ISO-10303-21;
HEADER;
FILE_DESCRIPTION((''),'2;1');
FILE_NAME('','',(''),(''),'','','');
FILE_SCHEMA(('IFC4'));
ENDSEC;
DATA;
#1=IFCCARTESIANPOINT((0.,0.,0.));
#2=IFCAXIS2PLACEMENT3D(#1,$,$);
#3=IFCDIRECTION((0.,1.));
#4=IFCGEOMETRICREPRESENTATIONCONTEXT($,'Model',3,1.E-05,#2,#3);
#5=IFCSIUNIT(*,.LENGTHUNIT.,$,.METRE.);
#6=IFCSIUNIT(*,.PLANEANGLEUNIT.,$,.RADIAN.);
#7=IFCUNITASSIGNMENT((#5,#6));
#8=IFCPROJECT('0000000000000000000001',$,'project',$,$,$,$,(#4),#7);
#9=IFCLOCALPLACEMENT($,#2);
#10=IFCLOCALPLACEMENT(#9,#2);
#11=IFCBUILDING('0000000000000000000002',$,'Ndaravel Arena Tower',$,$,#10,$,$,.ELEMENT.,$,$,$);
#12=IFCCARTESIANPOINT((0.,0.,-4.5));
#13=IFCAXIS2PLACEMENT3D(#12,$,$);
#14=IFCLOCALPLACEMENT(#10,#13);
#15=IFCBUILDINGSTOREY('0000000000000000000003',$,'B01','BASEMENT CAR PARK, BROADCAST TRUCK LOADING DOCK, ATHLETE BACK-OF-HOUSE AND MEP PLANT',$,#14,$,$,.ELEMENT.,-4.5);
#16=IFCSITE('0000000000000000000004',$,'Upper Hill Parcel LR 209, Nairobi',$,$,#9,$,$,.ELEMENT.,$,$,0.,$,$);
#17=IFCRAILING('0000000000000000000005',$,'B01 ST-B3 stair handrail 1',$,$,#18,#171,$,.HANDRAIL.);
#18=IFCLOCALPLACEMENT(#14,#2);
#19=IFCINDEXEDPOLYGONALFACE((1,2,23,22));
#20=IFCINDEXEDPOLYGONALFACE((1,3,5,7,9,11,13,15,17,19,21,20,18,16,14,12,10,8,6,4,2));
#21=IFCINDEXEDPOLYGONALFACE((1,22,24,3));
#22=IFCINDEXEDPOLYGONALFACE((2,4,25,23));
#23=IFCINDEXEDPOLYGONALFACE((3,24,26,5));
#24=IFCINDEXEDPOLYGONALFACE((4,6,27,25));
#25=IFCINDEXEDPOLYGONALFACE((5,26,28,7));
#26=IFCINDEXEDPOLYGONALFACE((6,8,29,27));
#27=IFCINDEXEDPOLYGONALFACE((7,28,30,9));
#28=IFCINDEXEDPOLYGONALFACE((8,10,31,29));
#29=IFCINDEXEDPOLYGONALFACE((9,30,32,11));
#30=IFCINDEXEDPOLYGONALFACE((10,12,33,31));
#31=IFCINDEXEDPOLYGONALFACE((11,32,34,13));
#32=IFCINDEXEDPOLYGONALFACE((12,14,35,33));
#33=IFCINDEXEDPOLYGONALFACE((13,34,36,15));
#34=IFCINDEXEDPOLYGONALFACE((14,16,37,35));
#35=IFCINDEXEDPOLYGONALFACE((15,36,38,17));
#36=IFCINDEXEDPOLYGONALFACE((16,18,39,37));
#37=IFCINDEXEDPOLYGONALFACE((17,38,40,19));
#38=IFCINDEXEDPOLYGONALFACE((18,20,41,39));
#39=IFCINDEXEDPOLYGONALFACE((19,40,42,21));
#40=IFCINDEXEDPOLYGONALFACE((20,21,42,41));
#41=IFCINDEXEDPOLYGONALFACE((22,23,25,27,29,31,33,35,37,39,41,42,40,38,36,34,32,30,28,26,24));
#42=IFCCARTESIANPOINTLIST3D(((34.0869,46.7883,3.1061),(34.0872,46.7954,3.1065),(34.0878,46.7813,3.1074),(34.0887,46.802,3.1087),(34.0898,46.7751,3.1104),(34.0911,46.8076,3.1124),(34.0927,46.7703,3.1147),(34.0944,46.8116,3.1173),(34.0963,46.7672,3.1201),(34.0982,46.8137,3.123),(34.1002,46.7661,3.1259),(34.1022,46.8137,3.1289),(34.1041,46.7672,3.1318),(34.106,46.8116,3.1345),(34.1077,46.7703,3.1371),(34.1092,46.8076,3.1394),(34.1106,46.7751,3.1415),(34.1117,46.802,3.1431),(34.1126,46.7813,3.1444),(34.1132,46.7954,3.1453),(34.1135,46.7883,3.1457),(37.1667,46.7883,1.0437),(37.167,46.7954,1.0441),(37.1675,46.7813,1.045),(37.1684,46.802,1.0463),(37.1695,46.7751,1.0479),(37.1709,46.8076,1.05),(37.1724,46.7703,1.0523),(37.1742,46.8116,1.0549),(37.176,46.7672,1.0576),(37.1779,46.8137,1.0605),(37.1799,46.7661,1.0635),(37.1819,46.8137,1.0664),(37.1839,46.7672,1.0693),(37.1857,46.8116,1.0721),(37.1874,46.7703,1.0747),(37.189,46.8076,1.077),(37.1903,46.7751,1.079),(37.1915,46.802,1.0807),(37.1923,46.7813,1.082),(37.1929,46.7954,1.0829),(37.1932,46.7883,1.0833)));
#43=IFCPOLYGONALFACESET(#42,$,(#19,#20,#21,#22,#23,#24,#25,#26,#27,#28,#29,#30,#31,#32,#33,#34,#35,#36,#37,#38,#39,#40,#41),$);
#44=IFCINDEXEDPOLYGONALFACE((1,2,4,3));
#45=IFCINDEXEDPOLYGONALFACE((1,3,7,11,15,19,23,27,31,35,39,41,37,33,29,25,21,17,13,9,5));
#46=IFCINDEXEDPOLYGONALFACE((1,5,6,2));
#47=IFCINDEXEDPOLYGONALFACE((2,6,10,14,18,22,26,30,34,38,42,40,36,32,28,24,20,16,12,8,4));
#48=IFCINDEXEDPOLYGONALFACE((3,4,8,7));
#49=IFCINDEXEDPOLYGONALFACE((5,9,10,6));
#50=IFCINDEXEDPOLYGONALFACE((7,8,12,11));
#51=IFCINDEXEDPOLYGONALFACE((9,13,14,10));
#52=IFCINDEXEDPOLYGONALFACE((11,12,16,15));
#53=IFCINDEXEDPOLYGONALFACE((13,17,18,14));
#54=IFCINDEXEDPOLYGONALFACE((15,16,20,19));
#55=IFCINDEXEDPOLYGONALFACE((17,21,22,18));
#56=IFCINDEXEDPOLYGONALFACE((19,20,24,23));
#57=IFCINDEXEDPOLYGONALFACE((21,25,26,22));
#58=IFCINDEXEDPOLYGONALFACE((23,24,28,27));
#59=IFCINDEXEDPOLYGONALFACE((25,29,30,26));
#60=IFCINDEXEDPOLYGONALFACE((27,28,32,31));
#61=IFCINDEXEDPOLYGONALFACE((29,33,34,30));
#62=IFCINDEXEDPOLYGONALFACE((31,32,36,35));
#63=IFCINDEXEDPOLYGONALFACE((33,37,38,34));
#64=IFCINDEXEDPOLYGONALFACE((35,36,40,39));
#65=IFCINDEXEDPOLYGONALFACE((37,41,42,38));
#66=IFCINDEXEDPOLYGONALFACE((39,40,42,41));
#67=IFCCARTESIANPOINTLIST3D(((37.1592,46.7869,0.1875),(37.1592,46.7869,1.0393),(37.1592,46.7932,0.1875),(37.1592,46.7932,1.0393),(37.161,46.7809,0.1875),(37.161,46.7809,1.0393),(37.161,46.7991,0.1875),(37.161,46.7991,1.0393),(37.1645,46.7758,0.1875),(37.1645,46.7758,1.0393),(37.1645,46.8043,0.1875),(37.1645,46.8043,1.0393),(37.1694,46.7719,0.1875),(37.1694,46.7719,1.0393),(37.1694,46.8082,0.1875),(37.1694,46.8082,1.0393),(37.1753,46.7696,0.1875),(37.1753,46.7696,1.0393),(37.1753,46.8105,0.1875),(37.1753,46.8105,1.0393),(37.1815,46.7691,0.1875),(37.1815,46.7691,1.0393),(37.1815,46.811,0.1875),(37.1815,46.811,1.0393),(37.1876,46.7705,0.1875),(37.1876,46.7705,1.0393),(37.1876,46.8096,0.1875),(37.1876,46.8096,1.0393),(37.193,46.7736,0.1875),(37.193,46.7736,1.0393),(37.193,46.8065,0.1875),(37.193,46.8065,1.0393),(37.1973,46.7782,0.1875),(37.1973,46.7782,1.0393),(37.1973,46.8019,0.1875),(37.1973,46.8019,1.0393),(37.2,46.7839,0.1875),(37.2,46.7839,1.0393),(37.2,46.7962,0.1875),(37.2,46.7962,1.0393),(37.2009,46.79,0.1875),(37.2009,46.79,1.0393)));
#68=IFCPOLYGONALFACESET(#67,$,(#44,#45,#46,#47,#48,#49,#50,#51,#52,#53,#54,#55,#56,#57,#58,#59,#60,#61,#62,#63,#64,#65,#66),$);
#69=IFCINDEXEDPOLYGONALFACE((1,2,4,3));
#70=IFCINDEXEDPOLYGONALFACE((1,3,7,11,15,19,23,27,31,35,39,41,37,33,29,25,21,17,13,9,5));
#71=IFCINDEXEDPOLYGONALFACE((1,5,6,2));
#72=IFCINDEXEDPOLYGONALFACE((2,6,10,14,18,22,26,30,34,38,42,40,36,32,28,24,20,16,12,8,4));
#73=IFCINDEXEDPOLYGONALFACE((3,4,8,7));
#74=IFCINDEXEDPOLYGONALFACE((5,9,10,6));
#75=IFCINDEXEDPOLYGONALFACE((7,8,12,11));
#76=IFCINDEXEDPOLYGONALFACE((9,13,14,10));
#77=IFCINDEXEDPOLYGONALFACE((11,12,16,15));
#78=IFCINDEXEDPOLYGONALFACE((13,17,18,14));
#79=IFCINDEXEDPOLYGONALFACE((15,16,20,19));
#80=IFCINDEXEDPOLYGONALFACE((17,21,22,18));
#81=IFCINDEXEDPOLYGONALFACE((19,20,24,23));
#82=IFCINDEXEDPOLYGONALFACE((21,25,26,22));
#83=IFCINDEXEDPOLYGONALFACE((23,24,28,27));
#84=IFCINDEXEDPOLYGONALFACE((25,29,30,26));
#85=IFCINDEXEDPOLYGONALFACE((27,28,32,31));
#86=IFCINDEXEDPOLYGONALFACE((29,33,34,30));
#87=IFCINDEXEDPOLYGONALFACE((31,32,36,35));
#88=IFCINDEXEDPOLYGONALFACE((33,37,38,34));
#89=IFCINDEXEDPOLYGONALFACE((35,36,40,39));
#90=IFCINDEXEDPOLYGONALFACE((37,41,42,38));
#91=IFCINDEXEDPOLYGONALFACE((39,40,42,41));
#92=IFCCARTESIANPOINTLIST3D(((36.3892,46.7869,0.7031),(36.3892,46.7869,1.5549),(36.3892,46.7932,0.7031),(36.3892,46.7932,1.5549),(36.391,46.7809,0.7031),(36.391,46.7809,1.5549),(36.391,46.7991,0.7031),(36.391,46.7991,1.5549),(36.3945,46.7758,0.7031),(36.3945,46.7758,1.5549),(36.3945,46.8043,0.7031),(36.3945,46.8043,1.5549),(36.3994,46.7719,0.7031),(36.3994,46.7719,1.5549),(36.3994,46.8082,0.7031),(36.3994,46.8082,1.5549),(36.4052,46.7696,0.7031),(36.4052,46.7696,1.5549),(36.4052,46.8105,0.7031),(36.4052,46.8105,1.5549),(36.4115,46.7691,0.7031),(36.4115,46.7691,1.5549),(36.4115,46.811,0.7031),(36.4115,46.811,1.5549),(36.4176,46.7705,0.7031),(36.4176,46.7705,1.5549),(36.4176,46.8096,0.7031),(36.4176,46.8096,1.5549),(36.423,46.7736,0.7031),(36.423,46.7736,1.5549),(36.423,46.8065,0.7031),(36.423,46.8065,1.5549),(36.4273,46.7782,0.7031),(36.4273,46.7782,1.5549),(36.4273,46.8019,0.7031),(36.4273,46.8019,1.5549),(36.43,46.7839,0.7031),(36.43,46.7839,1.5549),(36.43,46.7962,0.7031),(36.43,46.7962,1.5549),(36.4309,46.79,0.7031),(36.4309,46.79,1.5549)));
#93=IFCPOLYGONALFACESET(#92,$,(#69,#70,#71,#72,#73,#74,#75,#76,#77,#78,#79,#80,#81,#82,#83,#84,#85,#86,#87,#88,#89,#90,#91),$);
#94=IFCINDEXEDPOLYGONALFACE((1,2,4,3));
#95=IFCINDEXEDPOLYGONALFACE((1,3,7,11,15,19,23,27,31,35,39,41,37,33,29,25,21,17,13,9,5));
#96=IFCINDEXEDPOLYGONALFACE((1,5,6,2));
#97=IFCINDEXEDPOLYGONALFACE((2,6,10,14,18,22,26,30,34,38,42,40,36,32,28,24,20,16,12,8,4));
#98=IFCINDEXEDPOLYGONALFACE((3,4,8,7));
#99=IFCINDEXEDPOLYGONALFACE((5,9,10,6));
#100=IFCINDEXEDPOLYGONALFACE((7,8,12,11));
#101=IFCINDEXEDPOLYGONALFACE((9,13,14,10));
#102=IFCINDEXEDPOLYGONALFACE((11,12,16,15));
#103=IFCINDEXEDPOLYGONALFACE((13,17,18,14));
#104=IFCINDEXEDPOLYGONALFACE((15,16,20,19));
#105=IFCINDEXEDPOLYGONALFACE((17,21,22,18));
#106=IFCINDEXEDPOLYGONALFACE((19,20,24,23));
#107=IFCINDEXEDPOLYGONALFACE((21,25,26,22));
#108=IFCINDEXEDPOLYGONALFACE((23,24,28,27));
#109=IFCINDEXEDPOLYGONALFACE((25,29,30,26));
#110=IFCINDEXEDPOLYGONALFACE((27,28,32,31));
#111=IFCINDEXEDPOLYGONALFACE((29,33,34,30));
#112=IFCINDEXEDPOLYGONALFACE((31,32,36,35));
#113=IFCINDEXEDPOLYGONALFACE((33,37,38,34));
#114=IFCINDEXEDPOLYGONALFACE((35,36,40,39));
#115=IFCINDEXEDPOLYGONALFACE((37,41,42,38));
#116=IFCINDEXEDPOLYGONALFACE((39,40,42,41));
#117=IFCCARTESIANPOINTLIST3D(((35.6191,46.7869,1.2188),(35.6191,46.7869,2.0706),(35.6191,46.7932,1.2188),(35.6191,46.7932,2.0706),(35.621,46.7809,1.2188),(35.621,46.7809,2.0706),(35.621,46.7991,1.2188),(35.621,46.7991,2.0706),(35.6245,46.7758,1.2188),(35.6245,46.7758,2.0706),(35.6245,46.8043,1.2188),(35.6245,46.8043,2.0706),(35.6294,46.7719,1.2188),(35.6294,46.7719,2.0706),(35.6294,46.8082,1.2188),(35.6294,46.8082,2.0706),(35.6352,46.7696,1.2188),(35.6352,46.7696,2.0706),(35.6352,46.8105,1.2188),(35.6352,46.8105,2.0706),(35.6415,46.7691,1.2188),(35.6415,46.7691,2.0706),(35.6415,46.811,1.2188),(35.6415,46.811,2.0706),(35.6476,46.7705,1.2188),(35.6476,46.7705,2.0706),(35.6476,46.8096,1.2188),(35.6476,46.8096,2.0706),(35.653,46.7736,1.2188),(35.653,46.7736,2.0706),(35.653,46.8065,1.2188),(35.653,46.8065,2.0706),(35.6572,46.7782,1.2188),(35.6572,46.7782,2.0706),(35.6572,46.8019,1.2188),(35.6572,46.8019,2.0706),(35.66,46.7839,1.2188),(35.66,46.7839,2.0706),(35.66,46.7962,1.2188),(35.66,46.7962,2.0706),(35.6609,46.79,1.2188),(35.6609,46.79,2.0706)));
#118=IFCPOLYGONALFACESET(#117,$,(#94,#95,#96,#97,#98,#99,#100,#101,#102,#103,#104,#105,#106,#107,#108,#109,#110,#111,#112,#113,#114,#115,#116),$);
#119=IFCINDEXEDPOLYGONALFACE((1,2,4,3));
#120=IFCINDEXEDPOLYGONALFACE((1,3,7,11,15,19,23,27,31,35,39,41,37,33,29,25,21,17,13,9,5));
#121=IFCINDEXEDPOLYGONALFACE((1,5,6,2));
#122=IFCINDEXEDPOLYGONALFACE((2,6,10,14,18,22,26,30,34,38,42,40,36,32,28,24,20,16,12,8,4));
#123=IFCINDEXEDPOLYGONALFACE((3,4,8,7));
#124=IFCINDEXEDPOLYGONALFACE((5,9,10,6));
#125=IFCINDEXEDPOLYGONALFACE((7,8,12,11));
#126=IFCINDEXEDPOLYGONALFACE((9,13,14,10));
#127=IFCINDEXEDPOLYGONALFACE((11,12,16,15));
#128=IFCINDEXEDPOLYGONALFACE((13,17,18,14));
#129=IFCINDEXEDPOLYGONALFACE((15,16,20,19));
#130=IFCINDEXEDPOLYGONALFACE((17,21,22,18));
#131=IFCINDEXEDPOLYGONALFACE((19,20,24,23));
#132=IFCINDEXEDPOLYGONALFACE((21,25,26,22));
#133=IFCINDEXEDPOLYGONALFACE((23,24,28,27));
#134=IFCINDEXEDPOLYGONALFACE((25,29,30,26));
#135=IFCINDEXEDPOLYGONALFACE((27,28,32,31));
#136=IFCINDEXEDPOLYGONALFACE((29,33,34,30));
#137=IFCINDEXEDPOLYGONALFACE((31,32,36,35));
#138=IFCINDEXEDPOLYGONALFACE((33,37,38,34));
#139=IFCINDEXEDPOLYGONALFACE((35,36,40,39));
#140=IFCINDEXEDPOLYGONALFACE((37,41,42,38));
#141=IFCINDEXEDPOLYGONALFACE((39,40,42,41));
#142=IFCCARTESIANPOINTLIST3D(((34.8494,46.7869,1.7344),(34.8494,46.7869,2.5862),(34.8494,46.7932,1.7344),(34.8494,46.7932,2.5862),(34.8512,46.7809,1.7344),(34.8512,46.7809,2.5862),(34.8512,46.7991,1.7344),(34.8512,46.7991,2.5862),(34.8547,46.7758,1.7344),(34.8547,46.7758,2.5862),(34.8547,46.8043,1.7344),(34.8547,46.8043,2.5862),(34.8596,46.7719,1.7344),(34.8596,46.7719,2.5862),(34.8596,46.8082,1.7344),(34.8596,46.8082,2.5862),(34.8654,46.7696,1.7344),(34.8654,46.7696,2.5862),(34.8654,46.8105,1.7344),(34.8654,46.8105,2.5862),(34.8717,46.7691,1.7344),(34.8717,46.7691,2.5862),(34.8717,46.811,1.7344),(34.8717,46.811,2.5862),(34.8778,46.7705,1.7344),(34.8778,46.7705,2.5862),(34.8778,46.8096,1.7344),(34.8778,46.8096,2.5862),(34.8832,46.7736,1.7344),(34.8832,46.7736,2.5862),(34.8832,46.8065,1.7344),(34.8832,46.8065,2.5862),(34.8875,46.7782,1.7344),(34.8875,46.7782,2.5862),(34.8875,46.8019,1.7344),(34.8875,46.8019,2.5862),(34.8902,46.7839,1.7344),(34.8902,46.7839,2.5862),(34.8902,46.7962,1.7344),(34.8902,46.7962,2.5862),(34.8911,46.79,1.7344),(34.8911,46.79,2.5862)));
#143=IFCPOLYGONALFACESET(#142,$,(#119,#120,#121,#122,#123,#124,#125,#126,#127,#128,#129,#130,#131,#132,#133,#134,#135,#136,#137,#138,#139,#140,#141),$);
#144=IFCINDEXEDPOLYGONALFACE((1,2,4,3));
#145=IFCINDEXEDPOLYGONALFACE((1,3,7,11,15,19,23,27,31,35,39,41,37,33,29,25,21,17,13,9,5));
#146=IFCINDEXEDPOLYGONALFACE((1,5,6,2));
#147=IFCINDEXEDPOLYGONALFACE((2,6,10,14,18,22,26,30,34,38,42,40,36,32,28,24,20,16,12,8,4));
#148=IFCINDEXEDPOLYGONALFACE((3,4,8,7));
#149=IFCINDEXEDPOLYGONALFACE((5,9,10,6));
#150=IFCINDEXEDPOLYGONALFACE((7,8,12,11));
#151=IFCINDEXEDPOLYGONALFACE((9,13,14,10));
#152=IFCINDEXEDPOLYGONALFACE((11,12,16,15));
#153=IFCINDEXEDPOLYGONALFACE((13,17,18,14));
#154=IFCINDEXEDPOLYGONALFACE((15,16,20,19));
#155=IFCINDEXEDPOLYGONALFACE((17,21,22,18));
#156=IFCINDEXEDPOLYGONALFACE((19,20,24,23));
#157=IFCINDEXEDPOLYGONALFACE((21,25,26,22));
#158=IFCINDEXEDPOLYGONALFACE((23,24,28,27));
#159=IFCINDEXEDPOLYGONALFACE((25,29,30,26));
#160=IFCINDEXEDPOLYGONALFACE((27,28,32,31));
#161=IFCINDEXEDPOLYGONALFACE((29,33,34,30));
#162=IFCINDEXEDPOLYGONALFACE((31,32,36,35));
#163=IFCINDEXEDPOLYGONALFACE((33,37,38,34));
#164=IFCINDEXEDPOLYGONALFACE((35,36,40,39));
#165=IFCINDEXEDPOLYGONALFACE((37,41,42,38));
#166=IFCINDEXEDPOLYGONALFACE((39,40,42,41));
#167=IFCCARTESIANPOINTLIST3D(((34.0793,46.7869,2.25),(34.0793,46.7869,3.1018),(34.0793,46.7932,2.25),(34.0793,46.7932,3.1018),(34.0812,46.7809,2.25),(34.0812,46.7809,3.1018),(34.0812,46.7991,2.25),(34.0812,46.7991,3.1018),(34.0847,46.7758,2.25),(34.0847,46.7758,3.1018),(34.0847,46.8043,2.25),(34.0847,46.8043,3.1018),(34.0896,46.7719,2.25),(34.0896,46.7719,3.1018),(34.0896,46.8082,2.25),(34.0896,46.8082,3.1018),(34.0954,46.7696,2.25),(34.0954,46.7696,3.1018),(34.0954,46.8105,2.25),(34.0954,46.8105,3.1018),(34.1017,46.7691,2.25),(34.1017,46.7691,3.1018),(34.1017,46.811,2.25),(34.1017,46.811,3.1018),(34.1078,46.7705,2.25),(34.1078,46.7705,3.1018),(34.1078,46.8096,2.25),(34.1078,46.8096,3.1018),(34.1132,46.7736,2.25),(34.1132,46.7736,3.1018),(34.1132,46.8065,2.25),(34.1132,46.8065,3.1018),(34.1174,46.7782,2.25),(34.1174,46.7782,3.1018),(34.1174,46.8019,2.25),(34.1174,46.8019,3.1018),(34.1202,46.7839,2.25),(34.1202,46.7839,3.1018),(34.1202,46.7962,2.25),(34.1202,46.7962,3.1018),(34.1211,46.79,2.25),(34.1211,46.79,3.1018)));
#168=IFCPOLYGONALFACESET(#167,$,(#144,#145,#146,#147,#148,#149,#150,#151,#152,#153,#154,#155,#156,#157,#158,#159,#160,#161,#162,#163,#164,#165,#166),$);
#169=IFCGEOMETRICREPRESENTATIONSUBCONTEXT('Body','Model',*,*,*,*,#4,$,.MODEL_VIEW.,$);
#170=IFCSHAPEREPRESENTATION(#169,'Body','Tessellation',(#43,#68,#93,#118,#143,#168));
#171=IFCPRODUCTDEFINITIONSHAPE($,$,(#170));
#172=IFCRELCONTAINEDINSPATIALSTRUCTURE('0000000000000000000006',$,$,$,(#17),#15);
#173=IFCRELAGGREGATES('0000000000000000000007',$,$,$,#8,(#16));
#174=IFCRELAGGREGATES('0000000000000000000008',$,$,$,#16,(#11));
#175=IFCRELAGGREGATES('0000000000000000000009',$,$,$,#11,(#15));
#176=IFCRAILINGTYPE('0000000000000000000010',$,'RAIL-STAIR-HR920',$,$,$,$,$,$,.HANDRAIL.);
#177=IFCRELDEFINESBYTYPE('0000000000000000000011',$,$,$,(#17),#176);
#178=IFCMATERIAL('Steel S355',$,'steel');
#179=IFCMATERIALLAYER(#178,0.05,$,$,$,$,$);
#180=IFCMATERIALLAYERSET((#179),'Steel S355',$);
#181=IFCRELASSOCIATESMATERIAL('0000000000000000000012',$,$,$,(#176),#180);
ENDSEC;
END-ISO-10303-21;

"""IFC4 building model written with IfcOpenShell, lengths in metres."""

from ifc_helpers import new_model, si_unit, direction, frame, origin, origin_2d, place, context, subcontext, project, spatial, circle, extrude, material, layer, layer_set, type_object, element, save


model = new_model("IFC4")

# Units and contexts
model_context = context("Model", 3, precision=1e-05, world=origin(), true_north=direction((0.0, 1.0)))
body_context = subcontext(model_context, "Body", "Model", "MODEL_VIEW")
ifc_project = project(units=[si_unit("LENGTHUNIT", "METRE"), si_unit("PLANEANGLEUNIT", "RADIAN")], contexts=[model_context])

# Site, building, storey
site_placement = place(None, origin())
site = spatial("IfcSite", under=ifc_project, at=site_placement, Name="Upper Hill Parcel LR 209, Nairobi", CompositionType="ELEMENT", RefElevation=0.0)
building_placement = place(site_placement, origin())
building = spatial("IfcBuilding", under=site, at=building_placement, Name="Ndaravel Arena Tower", CompositionType="ELEMENT")
storey_placement = place(building_placement, frame((0.0, 0.0, -4.5)))
storey = spatial("IfcBuildingStorey", under=building, at=storey_placement, Name="B01", Description="BASEMENT CAR PARK, BROADCAST TRUCK LOADING DOCK, ATHLETE BACK-OF-HOUSE AND MEP PLANT", CompositionType="ELEMENT", Elevation=-4.5)

# Railing
ifc_material_1 = material(Name="Steel S355", Category="steel")
ifc_layer_1 = layer(ifc_material_1, 0.05)
ifc_layer_set_1 = layer_set([ifc_layer_1], Name="Steel S355")
railing_type_1 = type_object("IfcRailingType", Name="RAIL-STAIR-HR920", PredefinedType="HANDRAIL", material=ifc_layer_set_1)
railing_1_placement = place(storey_placement, frame((37.1799, 46.79, 0.1875)))
element("IfcRailing", 1, at=railing_1_placement, inside=storey, type_object=railing_type_1, Name="B01 ST-B3 stair handrail 1", PredefinedType="HANDRAIL", context=body_context, shape_type="SweptSolid", body=[
    extrude(circle(Radius=0.0239, at=origin_2d()), frame((0.0, 0.0, 0.876), z_axis=(-0.830893, 0.0, 0.556432), x_axis=(0.0, -1.0, 0.0)), (0.0, 0.0, 1.0), 3.7065),
    extrude(circle(Radius=0.021, at=origin_2d()), origin(), (0.0, 0.0, 1.0), 0.8518),
    extrude(circle(Radius=0.021, at=origin_2d()), frame((-0.77, 0.0, 0.5156)), (0.0, 0.0, 1.0), 0.8518),
    extrude(circle(Radius=0.021, at=origin_2d()), frame((-1.54, 0.0, 1.0312)), (0.0, 0.0, 1.0), 0.8518),
    extrude(circle(Radius=0.021, at=origin_2d()), frame((-2.3098, 0.0, 1.5469)), (0.0, 0.0, 1.0), 0.8518),
    extrude(circle(Radius=0.021, at=origin_2d()), frame((-3.0798, 0.0, 2.0625)), (0.0, 0.0, 1.0), 0.8518),
])

save(model, "model.ifc")
